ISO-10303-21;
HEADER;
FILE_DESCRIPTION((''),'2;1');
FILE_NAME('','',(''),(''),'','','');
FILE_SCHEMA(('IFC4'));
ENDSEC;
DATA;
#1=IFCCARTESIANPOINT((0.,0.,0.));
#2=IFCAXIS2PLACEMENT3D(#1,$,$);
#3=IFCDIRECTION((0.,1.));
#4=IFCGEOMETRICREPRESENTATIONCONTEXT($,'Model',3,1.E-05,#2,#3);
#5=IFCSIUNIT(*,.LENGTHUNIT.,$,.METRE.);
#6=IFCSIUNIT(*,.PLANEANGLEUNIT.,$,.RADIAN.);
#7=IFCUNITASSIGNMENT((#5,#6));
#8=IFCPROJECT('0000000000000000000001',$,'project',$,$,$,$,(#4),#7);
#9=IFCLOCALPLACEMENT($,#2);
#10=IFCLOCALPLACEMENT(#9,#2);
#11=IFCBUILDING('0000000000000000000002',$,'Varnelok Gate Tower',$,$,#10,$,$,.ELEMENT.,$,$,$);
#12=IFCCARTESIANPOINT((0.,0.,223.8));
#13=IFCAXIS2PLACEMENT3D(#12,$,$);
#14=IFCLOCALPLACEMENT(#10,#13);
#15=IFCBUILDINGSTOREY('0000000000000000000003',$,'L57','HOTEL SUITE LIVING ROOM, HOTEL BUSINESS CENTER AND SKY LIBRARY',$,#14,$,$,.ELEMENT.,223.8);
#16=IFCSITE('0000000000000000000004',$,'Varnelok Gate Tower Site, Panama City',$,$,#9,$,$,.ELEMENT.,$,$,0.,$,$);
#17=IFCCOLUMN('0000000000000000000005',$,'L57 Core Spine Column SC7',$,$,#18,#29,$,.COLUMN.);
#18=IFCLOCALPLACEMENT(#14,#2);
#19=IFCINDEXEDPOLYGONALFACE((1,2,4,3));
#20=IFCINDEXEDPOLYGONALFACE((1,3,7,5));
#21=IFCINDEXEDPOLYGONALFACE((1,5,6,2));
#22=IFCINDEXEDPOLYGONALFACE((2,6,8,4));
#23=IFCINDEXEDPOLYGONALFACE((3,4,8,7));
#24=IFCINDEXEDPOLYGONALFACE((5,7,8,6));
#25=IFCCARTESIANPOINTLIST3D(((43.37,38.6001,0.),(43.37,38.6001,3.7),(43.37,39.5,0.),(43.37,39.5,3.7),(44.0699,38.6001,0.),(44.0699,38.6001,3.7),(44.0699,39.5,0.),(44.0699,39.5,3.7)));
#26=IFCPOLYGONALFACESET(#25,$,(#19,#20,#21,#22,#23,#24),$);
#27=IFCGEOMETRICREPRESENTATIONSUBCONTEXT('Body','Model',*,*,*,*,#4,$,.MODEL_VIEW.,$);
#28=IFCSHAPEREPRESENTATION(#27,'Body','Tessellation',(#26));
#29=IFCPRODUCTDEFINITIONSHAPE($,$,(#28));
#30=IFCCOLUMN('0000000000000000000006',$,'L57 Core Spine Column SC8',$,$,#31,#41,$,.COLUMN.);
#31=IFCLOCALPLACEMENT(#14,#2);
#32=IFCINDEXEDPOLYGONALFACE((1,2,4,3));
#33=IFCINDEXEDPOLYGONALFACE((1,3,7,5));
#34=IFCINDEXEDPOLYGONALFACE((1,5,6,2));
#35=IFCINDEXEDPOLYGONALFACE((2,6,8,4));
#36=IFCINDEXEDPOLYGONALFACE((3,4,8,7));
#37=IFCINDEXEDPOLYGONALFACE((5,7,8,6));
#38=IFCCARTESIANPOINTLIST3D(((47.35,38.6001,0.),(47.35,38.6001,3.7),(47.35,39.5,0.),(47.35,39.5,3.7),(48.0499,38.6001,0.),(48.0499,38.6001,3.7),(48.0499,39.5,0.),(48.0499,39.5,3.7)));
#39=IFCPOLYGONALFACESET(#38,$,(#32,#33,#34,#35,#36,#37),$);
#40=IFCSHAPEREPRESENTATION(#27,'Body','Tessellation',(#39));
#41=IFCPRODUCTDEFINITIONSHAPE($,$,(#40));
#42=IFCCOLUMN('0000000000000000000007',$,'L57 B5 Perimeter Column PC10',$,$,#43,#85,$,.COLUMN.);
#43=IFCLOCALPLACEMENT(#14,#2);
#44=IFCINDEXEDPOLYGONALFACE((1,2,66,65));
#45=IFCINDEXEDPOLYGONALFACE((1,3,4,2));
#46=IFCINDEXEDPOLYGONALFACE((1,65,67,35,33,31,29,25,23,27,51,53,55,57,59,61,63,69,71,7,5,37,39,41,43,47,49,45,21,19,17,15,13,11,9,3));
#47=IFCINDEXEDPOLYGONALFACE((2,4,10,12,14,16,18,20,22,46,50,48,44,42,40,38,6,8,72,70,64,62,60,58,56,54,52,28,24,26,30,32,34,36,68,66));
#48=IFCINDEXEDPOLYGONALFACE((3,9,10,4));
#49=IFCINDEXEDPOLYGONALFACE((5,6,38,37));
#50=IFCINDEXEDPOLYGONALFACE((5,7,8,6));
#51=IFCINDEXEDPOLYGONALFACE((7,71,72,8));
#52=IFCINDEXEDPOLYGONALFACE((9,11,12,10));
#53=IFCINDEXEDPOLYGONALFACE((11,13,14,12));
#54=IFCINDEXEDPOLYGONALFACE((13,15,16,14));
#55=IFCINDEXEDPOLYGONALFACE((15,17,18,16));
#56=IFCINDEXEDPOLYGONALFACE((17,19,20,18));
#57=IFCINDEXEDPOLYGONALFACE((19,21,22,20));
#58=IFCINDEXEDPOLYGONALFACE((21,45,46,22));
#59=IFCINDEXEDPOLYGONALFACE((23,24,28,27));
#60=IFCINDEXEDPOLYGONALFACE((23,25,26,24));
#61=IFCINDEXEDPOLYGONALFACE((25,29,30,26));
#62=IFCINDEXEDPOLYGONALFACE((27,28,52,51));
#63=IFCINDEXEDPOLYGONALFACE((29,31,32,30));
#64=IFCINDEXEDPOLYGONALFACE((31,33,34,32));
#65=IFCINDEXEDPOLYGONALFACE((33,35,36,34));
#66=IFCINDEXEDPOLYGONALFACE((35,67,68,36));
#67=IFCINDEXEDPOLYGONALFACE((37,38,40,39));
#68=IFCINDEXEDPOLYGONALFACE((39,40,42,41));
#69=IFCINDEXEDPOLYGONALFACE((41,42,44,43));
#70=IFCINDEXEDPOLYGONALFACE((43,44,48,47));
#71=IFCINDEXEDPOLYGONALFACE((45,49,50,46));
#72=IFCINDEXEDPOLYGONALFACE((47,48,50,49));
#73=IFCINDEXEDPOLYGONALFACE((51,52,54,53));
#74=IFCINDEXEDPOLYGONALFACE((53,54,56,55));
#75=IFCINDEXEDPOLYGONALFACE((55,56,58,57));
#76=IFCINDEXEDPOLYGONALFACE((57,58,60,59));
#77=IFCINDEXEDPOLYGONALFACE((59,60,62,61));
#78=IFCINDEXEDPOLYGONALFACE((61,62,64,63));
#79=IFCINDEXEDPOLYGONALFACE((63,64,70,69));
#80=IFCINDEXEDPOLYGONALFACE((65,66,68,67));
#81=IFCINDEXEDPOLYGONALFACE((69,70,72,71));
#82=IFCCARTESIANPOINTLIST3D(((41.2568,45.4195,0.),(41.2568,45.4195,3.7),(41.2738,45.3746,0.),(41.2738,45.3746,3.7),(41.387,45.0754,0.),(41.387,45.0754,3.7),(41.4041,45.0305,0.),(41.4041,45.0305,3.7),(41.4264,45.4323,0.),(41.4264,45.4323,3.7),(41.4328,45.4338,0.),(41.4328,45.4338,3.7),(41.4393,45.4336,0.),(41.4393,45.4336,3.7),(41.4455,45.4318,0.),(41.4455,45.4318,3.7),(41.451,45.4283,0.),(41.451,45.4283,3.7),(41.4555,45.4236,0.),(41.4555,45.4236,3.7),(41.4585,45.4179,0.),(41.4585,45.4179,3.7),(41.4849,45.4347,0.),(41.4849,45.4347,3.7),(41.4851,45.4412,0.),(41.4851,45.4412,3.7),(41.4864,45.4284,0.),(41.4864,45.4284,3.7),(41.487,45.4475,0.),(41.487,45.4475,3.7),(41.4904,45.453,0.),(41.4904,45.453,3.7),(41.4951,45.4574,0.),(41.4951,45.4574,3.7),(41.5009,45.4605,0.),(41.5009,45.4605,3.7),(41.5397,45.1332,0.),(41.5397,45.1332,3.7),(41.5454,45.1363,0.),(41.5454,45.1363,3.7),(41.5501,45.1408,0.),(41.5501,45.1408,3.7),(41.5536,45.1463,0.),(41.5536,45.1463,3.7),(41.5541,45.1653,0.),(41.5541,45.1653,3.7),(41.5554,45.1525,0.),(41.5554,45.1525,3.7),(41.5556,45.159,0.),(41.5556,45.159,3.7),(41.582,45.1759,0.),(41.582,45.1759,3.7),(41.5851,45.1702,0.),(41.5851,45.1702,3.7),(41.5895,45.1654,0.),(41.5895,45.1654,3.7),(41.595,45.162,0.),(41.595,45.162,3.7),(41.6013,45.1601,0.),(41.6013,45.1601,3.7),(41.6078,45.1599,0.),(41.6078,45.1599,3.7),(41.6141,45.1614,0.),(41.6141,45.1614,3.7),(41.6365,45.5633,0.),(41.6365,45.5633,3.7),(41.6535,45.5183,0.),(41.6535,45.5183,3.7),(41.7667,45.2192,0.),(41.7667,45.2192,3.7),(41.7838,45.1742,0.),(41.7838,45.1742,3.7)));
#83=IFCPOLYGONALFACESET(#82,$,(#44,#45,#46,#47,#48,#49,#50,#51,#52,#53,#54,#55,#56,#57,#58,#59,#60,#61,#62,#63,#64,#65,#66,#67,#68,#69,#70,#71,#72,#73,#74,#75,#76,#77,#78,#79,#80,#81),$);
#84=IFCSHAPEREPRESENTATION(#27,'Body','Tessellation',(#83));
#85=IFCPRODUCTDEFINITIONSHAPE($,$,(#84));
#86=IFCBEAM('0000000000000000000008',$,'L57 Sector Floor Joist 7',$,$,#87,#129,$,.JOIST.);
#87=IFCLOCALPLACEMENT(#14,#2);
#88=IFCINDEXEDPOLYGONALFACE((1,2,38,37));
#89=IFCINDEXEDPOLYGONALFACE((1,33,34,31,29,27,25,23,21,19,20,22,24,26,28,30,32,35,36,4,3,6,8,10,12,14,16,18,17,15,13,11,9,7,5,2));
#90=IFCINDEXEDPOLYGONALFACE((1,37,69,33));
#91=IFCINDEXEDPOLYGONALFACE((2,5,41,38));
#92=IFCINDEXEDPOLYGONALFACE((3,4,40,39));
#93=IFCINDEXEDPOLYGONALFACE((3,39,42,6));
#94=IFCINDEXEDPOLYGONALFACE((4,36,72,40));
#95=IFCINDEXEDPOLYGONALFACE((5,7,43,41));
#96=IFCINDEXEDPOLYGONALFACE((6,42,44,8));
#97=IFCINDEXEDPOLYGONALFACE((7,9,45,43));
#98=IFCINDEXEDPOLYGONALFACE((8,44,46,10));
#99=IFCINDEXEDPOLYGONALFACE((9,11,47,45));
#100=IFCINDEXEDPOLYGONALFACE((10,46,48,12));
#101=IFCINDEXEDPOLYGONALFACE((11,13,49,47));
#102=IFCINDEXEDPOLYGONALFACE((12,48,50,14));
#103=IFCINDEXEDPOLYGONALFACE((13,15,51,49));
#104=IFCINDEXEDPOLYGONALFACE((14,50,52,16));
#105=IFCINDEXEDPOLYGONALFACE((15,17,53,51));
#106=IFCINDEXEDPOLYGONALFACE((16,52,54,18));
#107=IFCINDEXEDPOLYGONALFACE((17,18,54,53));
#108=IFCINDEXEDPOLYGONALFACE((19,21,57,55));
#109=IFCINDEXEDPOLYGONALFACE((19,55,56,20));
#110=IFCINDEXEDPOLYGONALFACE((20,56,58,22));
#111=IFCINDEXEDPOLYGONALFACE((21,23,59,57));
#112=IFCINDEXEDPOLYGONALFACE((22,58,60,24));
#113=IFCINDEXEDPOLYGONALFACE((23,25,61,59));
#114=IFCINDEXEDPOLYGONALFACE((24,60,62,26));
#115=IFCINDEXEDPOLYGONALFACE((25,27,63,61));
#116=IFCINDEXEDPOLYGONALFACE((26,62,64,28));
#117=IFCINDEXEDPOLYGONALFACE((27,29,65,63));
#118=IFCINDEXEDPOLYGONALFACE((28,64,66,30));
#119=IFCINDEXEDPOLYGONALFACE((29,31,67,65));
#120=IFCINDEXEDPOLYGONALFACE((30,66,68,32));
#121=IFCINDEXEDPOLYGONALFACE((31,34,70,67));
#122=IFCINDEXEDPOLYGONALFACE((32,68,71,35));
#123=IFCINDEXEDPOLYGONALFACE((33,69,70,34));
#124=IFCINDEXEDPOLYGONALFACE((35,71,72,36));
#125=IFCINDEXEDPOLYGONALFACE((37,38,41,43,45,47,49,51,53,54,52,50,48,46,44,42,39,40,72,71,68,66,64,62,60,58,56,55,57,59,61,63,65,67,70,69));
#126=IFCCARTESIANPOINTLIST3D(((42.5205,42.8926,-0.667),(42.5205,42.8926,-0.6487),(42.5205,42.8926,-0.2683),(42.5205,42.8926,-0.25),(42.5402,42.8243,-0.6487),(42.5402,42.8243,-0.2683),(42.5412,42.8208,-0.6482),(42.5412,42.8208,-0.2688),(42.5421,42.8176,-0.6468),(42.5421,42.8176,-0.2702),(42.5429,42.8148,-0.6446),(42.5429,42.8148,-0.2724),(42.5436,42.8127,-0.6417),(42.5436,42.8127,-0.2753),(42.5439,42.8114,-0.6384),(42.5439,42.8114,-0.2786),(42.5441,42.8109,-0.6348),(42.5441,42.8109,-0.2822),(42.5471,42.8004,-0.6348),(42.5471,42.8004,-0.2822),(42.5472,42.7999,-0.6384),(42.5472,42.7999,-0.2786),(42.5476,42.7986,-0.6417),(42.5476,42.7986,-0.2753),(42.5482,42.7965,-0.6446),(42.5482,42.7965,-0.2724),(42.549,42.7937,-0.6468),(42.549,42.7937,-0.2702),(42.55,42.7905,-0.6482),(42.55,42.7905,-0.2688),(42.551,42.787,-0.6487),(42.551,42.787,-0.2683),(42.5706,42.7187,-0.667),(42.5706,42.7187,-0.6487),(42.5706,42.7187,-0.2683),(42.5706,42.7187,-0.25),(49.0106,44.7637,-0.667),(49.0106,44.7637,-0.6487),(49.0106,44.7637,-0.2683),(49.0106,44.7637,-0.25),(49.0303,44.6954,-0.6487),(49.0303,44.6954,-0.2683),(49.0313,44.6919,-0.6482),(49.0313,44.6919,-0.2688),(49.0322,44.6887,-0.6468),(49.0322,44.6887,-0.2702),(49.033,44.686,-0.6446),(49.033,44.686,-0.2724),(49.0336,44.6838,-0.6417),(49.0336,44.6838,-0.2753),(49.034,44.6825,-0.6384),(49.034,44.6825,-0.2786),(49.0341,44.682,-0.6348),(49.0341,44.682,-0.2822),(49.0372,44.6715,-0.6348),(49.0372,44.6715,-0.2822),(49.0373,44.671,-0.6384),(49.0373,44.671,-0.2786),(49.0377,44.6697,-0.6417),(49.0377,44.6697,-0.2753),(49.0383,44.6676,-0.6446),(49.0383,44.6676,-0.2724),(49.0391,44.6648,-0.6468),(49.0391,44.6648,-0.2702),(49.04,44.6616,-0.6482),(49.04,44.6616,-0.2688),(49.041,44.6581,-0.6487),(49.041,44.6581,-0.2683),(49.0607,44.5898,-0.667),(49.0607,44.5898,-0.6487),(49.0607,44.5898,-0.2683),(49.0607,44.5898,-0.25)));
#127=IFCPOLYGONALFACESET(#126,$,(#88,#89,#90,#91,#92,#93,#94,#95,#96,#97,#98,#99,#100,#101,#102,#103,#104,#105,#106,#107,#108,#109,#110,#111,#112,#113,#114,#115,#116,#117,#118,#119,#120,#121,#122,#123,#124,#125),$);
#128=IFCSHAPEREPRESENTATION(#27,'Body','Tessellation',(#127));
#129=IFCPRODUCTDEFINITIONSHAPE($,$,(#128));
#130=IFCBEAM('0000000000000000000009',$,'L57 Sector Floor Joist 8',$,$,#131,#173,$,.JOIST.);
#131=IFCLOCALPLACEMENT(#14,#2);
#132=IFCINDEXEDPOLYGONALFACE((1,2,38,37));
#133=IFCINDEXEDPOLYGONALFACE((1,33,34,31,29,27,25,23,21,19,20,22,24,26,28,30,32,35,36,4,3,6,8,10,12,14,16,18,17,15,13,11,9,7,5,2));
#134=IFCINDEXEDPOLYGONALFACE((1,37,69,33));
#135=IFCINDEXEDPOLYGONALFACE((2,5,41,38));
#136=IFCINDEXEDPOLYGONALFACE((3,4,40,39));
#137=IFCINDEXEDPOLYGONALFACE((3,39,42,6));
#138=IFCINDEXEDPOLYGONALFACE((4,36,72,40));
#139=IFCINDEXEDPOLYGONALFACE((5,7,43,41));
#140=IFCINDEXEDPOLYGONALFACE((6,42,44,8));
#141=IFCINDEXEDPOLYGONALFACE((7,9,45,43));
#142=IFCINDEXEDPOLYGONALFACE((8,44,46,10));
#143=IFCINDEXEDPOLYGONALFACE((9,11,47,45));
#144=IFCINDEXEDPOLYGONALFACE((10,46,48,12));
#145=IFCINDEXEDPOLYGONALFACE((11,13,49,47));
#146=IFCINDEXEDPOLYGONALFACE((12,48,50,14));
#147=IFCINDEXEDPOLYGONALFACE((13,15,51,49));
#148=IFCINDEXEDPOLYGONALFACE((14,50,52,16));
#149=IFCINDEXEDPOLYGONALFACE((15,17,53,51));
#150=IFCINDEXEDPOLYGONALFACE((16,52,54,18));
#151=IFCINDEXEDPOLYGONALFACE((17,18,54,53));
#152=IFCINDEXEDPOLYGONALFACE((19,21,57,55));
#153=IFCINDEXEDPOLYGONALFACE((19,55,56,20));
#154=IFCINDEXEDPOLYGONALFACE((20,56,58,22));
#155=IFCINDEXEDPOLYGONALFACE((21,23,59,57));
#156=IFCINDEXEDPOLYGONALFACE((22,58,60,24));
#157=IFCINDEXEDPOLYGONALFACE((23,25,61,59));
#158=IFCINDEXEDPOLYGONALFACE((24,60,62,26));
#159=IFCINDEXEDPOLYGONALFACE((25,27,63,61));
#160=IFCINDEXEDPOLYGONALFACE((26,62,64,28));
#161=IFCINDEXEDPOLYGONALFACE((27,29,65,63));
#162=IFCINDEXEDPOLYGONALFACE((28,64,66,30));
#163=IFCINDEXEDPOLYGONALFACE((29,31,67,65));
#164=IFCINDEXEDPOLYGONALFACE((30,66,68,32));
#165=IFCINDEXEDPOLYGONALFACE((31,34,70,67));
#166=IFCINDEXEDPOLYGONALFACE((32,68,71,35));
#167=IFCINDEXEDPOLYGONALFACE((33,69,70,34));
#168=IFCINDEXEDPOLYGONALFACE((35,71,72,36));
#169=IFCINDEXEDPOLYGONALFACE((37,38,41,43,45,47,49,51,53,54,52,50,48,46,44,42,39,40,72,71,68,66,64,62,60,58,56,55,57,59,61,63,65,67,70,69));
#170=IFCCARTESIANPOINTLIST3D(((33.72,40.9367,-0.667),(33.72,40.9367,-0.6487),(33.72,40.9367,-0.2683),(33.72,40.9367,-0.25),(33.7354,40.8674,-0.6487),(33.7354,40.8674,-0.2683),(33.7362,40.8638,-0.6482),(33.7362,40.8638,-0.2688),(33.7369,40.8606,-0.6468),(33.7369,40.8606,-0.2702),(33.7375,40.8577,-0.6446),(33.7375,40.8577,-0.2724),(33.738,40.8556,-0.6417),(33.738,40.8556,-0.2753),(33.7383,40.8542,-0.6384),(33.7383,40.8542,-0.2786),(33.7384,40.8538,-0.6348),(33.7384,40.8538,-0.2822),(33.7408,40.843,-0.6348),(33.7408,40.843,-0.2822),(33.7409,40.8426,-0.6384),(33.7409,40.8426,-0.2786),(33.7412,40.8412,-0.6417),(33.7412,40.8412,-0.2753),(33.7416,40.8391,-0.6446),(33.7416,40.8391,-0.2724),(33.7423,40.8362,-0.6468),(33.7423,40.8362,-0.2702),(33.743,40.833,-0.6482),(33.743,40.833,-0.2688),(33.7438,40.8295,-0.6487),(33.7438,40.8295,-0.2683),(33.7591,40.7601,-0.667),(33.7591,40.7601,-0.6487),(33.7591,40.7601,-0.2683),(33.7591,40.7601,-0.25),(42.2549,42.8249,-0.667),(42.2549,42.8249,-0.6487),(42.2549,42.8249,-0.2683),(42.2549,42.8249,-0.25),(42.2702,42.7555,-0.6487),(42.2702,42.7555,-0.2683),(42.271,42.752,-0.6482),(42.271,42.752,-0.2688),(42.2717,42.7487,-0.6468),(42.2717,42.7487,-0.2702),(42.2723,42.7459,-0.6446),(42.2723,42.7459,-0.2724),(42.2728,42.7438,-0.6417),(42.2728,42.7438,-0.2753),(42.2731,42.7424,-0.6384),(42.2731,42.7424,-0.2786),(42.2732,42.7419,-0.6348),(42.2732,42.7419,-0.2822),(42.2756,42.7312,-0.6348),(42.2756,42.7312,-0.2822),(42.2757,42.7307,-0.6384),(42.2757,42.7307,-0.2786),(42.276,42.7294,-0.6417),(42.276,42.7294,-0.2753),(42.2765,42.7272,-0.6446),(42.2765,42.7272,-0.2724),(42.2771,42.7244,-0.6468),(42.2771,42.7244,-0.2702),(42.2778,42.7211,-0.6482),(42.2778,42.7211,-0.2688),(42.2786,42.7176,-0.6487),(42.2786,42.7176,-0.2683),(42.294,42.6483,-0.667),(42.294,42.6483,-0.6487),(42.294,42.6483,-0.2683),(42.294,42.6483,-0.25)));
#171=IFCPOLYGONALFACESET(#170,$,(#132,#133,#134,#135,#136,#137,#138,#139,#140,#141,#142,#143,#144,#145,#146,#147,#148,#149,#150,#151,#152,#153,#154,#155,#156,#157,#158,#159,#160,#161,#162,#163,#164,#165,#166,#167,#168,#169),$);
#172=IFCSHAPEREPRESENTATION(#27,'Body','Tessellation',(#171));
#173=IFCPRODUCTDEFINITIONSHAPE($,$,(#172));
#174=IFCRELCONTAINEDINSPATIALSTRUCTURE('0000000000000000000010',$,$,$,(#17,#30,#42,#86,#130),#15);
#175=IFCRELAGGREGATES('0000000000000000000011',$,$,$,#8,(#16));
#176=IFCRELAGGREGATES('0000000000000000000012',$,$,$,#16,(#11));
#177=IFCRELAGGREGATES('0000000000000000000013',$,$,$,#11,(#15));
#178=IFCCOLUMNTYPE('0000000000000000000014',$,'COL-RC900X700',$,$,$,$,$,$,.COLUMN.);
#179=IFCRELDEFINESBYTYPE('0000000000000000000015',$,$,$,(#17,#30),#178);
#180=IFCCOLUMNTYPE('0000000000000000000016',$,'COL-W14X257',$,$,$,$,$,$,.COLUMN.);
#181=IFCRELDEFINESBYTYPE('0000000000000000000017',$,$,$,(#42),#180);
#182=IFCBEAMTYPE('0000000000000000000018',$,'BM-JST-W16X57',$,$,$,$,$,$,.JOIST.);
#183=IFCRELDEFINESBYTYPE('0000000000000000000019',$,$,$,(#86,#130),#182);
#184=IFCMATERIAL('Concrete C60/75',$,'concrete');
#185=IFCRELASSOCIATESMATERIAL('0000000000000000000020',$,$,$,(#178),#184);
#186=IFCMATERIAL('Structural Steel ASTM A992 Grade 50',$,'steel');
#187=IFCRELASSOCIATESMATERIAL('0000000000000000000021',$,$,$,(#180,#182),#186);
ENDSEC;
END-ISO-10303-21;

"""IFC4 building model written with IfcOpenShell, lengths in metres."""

from ifc_helpers import new_model, si_unit, direction, frame, origin, origin_2d, place, context, subcontext, project, spatial, rectangle, i_section, extrude, material, material_profile, profile_set, type_object, element, save


model = new_model("IFC4")

# Units and contexts
model_context = context("Model", 3, precision=1e-05, world=origin(), true_north=direction((0.0, 1.0)))
body_context = subcontext(model_context, "Body", "Model", "MODEL_VIEW")
ifc_project = project(units=[si_unit("LENGTHUNIT", "METRE"), si_unit("PLANEANGLEUNIT", "RADIAN")], contexts=[model_context])

# Site, building, storey
site_placement = place(None, origin())
site = spatial("IfcSite", under=ifc_project, at=site_placement, Name="Varnelok Gate Tower Site, Panama City", CompositionType="ELEMENT", RefElevation=0.0)
building_placement = place(site_placement, origin())
building = spatial("IfcBuilding", under=site, at=building_placement, Name="Varnelok Gate Tower", CompositionType="ELEMENT")
storey_placement = place(building_placement, frame((0.0, 0.0, 223.8)))
storey = spatial("IfcBuildingStorey", under=building, at=storey_placement, Name="L57", Description="HOTEL SUITE LIVING ROOM, HOTEL BUSINESS CENTER AND SKY LIBRARY", CompositionType="ELEMENT", Elevation=223.8)

# Columns
ifc_material_1 = material(Name="Concrete C60/75", Category="concrete")
ifc_material_profile_1 = material_profile(ifc_material_1, rectangle(XDim=0.7, YDim=0.8999, at=origin_2d()), Name="RC900X700")
ifc_profile_set_1 = profile_set([ifc_material_profile_1], Name="Concrete C60/75")
column_type_1 = type_object("IfcColumnType", Name="COL-RC900X700", PredefinedType="COLUMN", material=ifc_profile_set_1)
for number, where, z_axis, x_axis, name in (
    (1, (43.72, 39.05, 0.0), (0.0, 0.0, 1.0), (1.0, 0.0, 0.0), "L57 Core Spine Column SC7"),
    (2, (47.7, 39.05, 0.0), (0.0, 0.0, 1.0), (1.0, 0.0, 0.0), "L57 Core Spine Column SC8"),
):
    element("IfcColumn", number, at=place(storey_placement, frame(where, z_axis=z_axis, x_axis=x_axis)), inside=storey, type_object=column_type_1, Name=name, PredefinedType="COLUMN", context=body_context, shape_type="SweptSolid", body=[
        extrude(rectangle(XDim=0.7, YDim=0.8999, at=origin_2d()), origin(), (0.0, 0.0, 1.0), 3.7),
    ])
ifc_material_2 = material(Name="Structural Steel ASTM A992 Grade 50", Category="steel")
ifc_material_profile_2 = material_profile(ifc_material_2, i_section(OverallWidth=0.406, OverallDepth=0.416, WebThickness=0.0298, FlangeThickness=0.0481, FilletRadius=0.0249, at=origin_2d()), Name="W14X257")
ifc_profile_set_2 = profile_set([ifc_material_profile_2], Name="Structural Steel ASTM A992 Grade 50")
column_type_2 = type_object("IfcColumnType", Name="COL-W14X257", PredefinedType="COLUMN", material=ifc_profile_set_2)
column_placement = place(storey_placement, frame((41.5203, 45.2969, 0.0), z_axis=(0.0, 0.0, 1.0), x_axis=(0.935222, 0.354063, 0.0)))
element("IfcColumn", 3, at=column_placement, inside=storey, type_object=column_type_2, Name="L57 B5 Perimeter Column PC10", PredefinedType="COLUMN", context=body_context, shape_type="SweptSolid", body=[
    extrude(i_section(OverallWidth=0.406, OverallDepth=0.416, WebThickness=0.0298, FlangeThickness=0.0481, FilletRadius=0.0249, at=origin_2d()), origin(), (0.0, 0.0, 1.0), 3.7),
])

# Beams
ifc_material_profile_3 = material_profile(ifc_material_2, i_section(OverallWidth=0.1809, OverallDepth=0.417, WebThickness=0.011, FlangeThickness=0.0183, FilletRadius=0.0139, at=origin_2d()), Name="W16X57")
ifc_profile_set_3 = profile_set([ifc_material_profile_3], Name="Structural Steel ASTM A992 Grade 50")
beam_type_1 = type_object("IfcBeamType", Name="BM-JST-W16X57", PredefinedType="JOIST", material=ifc_profile_set_3)
beam_1_placement = place(storey_placement, frame((49.0356, 44.6768, -0.4585), z_axis=(-0.960864, -0.277021, 0.0), x_axis=(0.277021, -0.960864, 0.0)))
element("IfcBeam", 4, at=beam_1_placement, inside=storey, type_object=beam_type_1, Name="L57 Sector Floor Joist 7", PredefinedType="JOIST", context=body_context, shape_type="SweptSolid", body=[
    extrude(i_section(OverallWidth=0.1809, OverallDepth=0.417, WebThickness=0.011, FlangeThickness=0.0183, FilletRadius=0.0139, at=origin_2d()), origin(), (0.0, 0.0, 1.0), 6.7544),
])
beam_2_placement = place(storey_placement, frame((42.2744, 42.7366, -0.4585), z_axis=(-0.976392, -0.216008, 0.0), x_axis=(0.216008, -0.976392, 0.0)))
element("IfcBeam", 5, at=beam_2_placement, inside=storey, type_object=beam_type_1, Name="L57 Sector Floor Joist 8", PredefinedType="JOIST", context=body_context, shape_type="SweptSolid", body=[
    extrude(i_section(OverallWidth=0.1809, OverallDepth=0.417, WebThickness=0.011, FlangeThickness=0.0183, FilletRadius=0.0139, at=origin_2d()), origin(), (0.0, 0.0, 1.0), 8.7412),
])

save(model, "model.ifc")
